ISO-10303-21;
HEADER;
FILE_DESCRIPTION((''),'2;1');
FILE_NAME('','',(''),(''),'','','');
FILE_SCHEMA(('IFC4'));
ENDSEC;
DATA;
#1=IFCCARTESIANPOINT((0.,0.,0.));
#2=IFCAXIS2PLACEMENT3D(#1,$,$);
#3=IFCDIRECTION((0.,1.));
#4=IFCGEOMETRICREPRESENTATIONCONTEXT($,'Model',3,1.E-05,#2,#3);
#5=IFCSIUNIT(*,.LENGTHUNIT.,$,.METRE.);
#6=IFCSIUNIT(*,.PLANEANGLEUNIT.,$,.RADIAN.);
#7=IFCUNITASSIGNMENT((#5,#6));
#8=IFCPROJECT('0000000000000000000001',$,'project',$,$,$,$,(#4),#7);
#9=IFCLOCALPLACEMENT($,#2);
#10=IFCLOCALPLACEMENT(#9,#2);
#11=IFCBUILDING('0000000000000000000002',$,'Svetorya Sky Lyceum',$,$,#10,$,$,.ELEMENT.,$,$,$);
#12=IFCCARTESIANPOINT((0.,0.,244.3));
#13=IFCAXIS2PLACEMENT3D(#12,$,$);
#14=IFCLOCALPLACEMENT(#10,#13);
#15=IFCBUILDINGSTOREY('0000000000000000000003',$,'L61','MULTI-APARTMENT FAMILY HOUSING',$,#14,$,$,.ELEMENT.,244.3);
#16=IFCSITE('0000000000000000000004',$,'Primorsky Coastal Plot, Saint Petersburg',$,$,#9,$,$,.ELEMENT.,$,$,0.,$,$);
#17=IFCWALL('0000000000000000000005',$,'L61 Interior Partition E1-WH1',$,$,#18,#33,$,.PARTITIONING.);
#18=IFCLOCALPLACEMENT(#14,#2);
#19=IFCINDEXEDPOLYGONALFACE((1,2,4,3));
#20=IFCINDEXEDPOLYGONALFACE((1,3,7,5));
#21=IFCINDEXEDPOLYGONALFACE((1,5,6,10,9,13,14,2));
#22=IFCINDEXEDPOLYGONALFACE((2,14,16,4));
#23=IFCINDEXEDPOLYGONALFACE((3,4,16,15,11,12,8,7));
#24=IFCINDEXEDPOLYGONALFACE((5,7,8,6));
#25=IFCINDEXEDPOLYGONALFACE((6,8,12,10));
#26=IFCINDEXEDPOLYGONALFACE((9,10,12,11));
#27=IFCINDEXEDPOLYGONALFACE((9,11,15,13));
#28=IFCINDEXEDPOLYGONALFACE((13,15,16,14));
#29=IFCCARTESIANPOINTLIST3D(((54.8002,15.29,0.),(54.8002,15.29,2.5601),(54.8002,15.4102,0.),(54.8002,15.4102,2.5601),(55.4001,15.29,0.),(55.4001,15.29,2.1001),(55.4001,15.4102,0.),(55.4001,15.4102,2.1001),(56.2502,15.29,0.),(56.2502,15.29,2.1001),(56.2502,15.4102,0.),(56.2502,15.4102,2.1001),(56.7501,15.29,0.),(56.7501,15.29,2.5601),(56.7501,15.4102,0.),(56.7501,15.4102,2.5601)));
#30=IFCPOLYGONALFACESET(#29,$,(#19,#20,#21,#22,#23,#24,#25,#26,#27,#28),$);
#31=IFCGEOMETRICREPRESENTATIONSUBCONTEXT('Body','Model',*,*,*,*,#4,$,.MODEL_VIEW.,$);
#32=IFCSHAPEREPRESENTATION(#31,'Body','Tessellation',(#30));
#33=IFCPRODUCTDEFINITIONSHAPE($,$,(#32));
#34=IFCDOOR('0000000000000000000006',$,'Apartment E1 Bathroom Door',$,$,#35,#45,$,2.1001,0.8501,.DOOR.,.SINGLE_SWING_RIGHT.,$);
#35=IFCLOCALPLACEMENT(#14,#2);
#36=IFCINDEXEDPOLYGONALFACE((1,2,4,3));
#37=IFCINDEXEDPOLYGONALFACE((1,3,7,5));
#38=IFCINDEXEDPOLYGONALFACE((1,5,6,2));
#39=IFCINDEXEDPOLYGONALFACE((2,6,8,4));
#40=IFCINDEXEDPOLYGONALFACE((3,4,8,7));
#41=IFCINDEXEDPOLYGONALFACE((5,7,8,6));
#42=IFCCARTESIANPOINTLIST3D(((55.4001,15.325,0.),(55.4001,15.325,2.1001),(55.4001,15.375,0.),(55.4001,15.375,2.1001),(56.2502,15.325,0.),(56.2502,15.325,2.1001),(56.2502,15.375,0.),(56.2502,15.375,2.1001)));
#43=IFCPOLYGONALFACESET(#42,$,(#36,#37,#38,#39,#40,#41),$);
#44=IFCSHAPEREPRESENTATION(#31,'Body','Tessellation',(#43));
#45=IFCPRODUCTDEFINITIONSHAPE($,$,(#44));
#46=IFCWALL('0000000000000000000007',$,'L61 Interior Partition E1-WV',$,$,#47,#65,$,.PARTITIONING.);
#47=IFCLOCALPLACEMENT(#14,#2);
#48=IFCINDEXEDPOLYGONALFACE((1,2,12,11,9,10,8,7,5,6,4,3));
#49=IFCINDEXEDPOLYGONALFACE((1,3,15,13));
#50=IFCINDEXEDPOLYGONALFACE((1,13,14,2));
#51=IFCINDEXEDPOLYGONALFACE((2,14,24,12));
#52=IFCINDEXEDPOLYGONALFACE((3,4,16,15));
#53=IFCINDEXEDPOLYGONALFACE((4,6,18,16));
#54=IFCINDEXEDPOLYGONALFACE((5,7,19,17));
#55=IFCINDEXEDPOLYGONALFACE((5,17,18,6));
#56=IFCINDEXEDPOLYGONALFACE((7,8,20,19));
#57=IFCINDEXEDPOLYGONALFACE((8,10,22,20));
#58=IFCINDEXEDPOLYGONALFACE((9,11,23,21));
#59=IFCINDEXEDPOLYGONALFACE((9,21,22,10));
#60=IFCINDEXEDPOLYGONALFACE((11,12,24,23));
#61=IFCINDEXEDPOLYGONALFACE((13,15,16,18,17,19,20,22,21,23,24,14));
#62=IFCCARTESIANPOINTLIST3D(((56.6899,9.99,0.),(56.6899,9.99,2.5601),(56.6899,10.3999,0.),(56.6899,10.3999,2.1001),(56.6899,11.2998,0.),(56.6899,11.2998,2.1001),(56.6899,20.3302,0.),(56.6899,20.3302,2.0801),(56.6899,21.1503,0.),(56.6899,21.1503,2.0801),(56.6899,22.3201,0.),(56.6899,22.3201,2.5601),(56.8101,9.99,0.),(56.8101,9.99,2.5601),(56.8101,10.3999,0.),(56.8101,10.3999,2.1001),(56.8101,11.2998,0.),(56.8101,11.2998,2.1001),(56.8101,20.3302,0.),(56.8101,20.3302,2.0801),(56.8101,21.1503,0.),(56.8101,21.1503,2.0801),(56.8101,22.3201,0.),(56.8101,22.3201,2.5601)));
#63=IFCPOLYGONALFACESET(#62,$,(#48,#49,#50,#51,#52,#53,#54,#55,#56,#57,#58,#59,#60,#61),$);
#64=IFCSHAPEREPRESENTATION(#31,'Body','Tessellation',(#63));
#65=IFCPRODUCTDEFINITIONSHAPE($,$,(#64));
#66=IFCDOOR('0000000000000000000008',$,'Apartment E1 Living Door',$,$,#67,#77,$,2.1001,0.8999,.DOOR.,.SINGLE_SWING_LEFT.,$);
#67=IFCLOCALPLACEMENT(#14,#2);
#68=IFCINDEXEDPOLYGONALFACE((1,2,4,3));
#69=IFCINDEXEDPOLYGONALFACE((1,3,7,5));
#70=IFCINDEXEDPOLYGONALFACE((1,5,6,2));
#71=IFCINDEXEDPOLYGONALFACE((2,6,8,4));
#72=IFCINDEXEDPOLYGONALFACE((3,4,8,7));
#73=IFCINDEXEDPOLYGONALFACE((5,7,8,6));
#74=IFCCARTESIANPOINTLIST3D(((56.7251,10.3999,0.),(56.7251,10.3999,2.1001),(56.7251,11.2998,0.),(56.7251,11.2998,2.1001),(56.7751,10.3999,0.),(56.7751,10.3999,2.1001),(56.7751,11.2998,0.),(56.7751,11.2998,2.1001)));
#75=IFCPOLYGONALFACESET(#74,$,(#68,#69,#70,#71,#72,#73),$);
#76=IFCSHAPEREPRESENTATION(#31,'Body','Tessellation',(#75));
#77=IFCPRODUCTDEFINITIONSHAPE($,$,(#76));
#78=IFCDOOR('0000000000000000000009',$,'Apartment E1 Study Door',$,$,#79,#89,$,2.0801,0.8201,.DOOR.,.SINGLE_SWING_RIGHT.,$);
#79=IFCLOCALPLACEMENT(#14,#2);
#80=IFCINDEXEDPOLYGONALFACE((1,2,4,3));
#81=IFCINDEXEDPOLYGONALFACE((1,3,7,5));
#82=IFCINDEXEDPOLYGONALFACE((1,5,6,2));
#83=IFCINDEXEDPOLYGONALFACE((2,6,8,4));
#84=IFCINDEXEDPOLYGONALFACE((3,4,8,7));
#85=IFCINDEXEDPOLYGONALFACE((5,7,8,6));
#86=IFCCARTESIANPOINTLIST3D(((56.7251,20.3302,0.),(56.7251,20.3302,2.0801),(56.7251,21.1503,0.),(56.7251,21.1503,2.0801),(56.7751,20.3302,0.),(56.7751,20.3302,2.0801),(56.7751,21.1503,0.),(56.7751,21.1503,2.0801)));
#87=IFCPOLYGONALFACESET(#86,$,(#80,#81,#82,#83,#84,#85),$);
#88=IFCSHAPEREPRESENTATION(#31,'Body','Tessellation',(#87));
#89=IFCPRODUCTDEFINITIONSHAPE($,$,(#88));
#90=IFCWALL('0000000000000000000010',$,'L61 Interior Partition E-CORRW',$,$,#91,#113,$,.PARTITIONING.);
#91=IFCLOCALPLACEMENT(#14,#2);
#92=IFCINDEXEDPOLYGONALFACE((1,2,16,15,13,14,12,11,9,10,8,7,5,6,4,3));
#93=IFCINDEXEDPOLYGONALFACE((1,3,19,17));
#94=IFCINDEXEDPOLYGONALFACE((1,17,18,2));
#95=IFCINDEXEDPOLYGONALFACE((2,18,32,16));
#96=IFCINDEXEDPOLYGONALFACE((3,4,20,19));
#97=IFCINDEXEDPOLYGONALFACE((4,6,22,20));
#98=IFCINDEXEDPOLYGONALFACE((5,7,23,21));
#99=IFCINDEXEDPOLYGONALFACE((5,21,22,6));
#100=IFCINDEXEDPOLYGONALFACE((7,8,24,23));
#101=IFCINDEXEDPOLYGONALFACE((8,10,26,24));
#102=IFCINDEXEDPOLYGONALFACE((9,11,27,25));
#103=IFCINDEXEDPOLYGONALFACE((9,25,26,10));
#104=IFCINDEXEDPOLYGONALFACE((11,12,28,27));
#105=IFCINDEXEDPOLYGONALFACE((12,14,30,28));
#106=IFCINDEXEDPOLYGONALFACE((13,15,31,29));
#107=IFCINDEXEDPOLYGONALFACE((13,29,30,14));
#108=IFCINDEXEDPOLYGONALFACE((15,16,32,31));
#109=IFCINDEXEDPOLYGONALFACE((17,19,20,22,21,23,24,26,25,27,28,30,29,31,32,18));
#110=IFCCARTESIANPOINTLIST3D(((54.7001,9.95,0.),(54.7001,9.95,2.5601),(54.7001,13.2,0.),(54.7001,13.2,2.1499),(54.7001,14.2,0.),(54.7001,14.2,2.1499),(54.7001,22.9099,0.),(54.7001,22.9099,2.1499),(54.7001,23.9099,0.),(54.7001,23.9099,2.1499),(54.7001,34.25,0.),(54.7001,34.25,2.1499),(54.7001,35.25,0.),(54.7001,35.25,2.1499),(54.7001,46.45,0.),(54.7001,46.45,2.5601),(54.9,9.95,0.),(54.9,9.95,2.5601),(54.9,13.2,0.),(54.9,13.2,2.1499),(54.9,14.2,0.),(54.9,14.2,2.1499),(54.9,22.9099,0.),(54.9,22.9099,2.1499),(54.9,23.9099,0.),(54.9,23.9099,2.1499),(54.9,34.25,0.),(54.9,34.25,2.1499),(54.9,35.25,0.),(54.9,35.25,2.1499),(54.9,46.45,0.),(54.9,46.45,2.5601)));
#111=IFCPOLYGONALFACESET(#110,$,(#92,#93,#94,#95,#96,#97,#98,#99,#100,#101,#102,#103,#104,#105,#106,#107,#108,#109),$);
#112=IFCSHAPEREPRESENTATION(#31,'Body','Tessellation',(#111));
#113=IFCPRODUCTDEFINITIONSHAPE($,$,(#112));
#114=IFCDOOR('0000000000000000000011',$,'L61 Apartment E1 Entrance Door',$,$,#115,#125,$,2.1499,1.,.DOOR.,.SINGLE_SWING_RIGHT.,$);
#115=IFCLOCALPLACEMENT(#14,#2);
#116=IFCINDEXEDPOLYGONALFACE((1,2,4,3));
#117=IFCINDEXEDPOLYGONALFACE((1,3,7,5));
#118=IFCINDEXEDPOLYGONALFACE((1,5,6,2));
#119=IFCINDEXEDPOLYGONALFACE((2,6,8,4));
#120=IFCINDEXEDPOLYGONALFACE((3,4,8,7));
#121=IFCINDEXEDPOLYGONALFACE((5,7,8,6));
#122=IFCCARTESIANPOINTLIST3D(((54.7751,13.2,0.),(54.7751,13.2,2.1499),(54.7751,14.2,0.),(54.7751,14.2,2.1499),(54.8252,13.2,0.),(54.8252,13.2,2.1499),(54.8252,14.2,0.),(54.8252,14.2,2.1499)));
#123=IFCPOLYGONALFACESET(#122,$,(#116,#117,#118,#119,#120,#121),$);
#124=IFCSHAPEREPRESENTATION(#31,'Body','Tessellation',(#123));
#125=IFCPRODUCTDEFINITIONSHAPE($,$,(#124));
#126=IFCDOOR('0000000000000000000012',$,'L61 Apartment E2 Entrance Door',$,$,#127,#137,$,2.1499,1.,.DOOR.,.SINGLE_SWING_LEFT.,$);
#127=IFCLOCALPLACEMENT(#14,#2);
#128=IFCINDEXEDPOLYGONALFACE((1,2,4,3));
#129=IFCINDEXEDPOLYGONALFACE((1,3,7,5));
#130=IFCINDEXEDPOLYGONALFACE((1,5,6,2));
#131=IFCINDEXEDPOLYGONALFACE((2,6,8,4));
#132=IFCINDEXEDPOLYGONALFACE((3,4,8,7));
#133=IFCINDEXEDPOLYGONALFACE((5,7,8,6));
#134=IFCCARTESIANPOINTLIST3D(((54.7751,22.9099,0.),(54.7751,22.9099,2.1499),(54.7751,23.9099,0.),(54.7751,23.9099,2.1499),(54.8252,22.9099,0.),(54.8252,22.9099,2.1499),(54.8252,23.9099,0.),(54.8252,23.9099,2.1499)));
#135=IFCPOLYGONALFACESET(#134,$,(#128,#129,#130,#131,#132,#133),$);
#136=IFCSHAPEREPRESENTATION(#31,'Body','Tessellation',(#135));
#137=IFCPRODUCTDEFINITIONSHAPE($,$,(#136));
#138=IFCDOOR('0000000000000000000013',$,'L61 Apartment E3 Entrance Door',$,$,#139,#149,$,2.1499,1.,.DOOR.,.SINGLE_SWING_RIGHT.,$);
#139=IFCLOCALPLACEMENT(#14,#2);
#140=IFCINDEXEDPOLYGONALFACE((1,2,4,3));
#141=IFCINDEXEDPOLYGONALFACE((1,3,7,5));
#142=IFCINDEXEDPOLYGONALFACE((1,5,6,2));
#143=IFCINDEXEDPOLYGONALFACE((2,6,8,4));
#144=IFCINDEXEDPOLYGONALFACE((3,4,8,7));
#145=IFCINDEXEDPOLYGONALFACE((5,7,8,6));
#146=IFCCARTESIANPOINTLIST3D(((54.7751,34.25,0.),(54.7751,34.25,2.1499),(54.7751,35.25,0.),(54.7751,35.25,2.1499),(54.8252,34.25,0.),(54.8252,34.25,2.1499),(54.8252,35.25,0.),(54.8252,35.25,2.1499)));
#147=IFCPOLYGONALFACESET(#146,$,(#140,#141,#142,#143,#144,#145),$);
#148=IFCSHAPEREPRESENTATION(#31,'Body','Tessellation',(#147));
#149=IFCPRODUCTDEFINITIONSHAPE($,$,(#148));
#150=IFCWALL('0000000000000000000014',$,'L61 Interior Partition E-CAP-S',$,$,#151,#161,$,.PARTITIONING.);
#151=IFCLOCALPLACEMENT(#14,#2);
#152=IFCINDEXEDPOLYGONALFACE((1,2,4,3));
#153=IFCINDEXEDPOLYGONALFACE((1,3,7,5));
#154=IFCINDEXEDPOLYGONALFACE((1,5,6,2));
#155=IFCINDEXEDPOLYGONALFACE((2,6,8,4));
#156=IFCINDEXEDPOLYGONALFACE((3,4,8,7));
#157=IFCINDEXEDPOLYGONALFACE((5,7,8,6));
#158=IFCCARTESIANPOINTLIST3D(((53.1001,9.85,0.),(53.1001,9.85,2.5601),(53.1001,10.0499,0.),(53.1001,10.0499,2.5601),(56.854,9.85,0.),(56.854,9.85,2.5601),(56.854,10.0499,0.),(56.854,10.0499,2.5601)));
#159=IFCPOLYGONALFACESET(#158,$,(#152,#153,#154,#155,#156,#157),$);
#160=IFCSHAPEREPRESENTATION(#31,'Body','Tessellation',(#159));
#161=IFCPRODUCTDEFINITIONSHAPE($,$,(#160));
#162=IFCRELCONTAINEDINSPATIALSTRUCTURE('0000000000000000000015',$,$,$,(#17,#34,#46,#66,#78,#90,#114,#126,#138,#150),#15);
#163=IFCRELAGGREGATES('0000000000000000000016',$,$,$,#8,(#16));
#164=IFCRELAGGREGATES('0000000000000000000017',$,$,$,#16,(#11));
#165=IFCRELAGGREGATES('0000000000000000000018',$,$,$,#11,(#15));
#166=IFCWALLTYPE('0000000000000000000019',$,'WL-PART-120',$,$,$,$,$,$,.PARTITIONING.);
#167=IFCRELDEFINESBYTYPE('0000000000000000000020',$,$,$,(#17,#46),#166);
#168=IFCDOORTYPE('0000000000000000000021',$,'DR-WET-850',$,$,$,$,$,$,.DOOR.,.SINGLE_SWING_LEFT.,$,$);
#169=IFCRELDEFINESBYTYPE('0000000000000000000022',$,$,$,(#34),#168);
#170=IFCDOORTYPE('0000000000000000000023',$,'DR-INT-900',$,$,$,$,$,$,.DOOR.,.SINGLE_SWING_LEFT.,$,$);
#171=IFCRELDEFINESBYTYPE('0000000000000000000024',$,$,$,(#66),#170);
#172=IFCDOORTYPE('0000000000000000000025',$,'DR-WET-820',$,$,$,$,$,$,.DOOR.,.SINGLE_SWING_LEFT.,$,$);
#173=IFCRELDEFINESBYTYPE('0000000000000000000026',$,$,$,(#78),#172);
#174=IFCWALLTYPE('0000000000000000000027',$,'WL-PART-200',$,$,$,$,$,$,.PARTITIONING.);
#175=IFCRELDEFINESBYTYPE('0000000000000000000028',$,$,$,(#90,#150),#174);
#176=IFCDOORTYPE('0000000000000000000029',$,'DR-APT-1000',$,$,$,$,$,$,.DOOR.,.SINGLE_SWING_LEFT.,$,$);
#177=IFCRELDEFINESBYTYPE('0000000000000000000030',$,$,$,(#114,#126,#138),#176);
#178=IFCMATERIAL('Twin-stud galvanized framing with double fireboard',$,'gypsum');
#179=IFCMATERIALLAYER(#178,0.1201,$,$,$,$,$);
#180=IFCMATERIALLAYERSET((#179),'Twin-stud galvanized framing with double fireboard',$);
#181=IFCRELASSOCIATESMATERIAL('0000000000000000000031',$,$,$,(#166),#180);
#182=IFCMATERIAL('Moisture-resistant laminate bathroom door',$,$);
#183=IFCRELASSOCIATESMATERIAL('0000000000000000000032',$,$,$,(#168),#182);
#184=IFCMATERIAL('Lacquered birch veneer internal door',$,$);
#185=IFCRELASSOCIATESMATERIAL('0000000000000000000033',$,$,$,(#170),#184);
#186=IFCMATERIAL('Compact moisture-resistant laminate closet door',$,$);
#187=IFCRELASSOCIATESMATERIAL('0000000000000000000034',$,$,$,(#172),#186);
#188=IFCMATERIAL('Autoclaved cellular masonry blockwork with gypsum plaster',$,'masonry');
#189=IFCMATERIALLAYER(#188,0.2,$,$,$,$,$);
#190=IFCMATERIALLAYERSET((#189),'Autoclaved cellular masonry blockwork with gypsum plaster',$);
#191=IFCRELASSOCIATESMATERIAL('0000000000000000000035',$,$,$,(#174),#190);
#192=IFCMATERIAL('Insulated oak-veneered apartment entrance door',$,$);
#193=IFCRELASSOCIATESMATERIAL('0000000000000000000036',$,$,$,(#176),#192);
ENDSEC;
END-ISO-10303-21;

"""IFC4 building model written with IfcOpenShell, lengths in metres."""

from ifc_helpers import new_model, si_unit, direction, frame, frame_2d, origin, place, context, subcontext, project, spatial, rectangle, extrude, material, layer, layer_set, type_object, element, fill, save


model = new_model("IFC4")

# Units and contexts
model_context = context("Model", 3, precision=1e-05, world=origin(), true_north=direction((0.0, 1.0)))
body_context = subcontext(model_context, "Body", "Model", "MODEL_VIEW")
ifc_project = project(units=[si_unit("LENGTHUNIT", "METRE"), si_unit("PLANEANGLEUNIT", "RADIAN")], contexts=[model_context])

# Site, building, storey
site_placement = place(None, origin())
site = spatial("IfcSite", under=ifc_project, at=site_placement, Name="Primorsky Coastal Plot, Saint Petersburg", CompositionType="ELEMENT", RefElevation=0.0)
building_placement = place(site_placement, origin())
building = spatial("IfcBuilding", under=site, at=building_placement, Name="Svetorya Sky Lyceum", CompositionType="ELEMENT")
storey_placement = place(building_placement, frame((0.0, 0.0, 244.3)))
storey = spatial("IfcBuildingStorey", under=building, at=storey_placement, Name="L61", Description="MULTI-APARTMENT FAMILY HOUSING", CompositionType="ELEMENT", Elevation=244.3)

# Wall, opening, door
ifc_material_1 = material(Name="Twin-stud galvanized framing with double fireboard", Category="gypsum")
ifc_layer_1 = layer(ifc_material_1, 0.1201)
ifc_layer_set_1 = layer_set([ifc_layer_1], Name="Twin-stud galvanized framing with double fireboard")
wall_type_1 = type_object("IfcWallType", Name="WL-PART-120", PredefinedType="PARTITIONING", material=ifc_layer_set_1)
wall_1_placement = place(storey_placement, frame((54.8, 15.3501, 0.0), z_axis=(0.0, 0.0, 1.0), x_axis=(1.0, 0.0, 0.0)))
wall_1 = element("IfcWall", 1, at=wall_1_placement, inside=storey, type_object=wall_type_1, Name="L61 Interior Partition E1-WH1", PredefinedType="PARTITIONING", context=body_context, shape_type="SweptSolid", body=[
    extrude(rectangle(XDim=1.95, YDim=0.1201, at=frame_2d((0.9751, 0.0))), origin(), (0.0, 0.0, 1.0), 2.5601),
])
opening_1_placement = place(wall_1_placement, frame((0.6001, 0.0, 0.0)))
opening_1 = element("IfcOpeningElement", 2, at=opening_1_placement, cuts=wall_1, PredefinedType="OPENING", context=body_context, shape_type="SweptSolid", body=[
    extrude(rectangle(XDim=0.8501, YDim=2.1001, at=frame_2d((0.425, 1.05))), frame((0.0, 0.0701, 0.0), z_axis=(0.0, -1.0, 0.0), x_axis=(1.0, 0.0, 0.0)), (0.0, 0.0, 1.0), 0.1401),
])
ifc_material_2 = material(Name="Moisture-resistant laminate bathroom door")
door_type_1 = type_object("IfcDoorType", Name="DR-WET-850", OperationType="SINGLE_SWING_LEFT", PredefinedType="DOOR", material=ifc_material_2)
door_1_placement = place(opening_1_placement, origin())
door_1 = element("IfcDoor", 3, at=door_1_placement, inside=storey, type_object=door_type_1, Name="Apartment E1 Bathroom Door", OperationType="SINGLE_SWING_RIGHT", OverallHeight=2.1001, OverallWidth=0.8501, PredefinedType="DOOR", context=body_context, shape_type="SweptSolid", body=[
    extrude(rectangle(XDim=0.8501, YDim=2.1001, at=frame_2d((0.425, 1.05))), frame((0.0, 0.0249, 0.0), z_axis=(0.0, -1.0, 0.0), x_axis=(1.0, 0.0, 0.0)), (0.0, 0.0, 1.0), 0.05),
])
fill(opening_1, door_1)

# Walls, openings, doors
wall_2_placement = place(storey_placement, frame((56.75, 9.99, 0.0), z_axis=(0.0, 0.0, 1.0), x_axis=(0.0, 1.0, 0.0)))
wall_2 = element("IfcWall", 4, at=wall_2_placement, inside=storey, type_object=wall_type_1, Name="L61 Interior Partition E1-WV", PredefinedType="PARTITIONING", context=body_context, shape_type="SweptSolid", body=[
    extrude(rectangle(XDim=12.3301, YDim=0.1201, at=frame_2d((6.165, 0.0))), origin(), (0.0, 0.0, 1.0), 2.5601),
])
opening_2_placement = place(wall_2_placement, frame((0.4099, 0.0, 0.0)))
opening_2 = element("IfcOpeningElement", 5, at=opening_2_placement, cuts=wall_2, PredefinedType="OPENING", context=body_context, shape_type="SweptSolid", body=[
    extrude(rectangle(XDim=0.8999, YDim=2.1001, at=frame_2d((0.45, 1.05))), frame((0.0, 0.0701, 0.0), z_axis=(0.0, -1.0, 0.0), x_axis=(1.0, 0.0, 0.0)), (0.0, 0.0, 1.0), 0.1401),
])
opening_3_placement = place(wall_2_placement, frame((10.3401, 0.0, 0.0)))
opening_3 = element("IfcOpeningElement", 6, at=opening_3_placement, cuts=wall_2, PredefinedType="OPENING", context=body_context, shape_type="SweptSolid", body=[
    extrude(rectangle(XDim=0.8201, YDim=2.0801, at=frame_2d((0.4102, 1.04))), frame((0.0, 0.0701, 0.0), z_axis=(0.0, -1.0, 0.0), x_axis=(1.0, 0.0, 0.0)), (0.0, 0.0, 1.0), 0.1401),
])
ifc_material_3 = material(Name="Lacquered birch veneer internal door")
door_type_2 = type_object("IfcDoorType", Name="DR-INT-900", OperationType="SINGLE_SWING_LEFT", PredefinedType="DOOR", material=ifc_material_3)
door_2_placement = place(opening_2_placement, origin())
door_2 = element("IfcDoor", 7, at=door_2_placement, inside=storey, type_object=door_type_2, Name="Apartment E1 Living Door", OperationType="SINGLE_SWING_LEFT", OverallHeight=2.1001, OverallWidth=0.8999, PredefinedType="DOOR", context=body_context, shape_type="SweptSolid", body=[
    extrude(rectangle(XDim=0.8999, YDim=2.1001, at=frame_2d((0.45, 1.05))), frame((0.0, 0.0249, 0.0), z_axis=(0.0, -1.0, 0.0), x_axis=(1.0, 0.0, 0.0)), (0.0, 0.0, 1.0), 0.05),
])
fill(opening_2, door_2)
ifc_material_4 = material(Name="Compact moisture-resistant laminate closet door")
door_type_3 = type_object("IfcDoorType", Name="DR-WET-820", OperationType="SINGLE_SWING_LEFT", PredefinedType="DOOR", material=ifc_material_4)
door_3_placement = place(opening_3_placement, origin())
door_3 = element("IfcDoor", 8, at=door_3_placement, inside=storey, type_object=door_type_3, Name="Apartment E1 Study Door", OperationType="SINGLE_SWING_RIGHT", OverallHeight=2.0801, OverallWidth=0.8201, PredefinedType="DOOR", context=body_context, shape_type="SweptSolid", body=[
    extrude(rectangle(XDim=0.8201, YDim=2.0801, at=frame_2d((0.4102, 1.04))), frame((0.0, 0.0249, 0.0), z_axis=(0.0, -1.0, 0.0), x_axis=(1.0, 0.0, 0.0)), (0.0, 0.0, 1.0), 0.05),
])
fill(opening_3, door_3)
ifc_material_5 = material(Name="Autoclaved cellular masonry blockwork with gypsum plaster", Category="masonry")
ifc_layer_2 = layer(ifc_material_5, 0.2)
ifc_layer_set_2 = layer_set([ifc_layer_2], Name="Autoclaved cellular masonry blockwork with gypsum plaster")
wall_type_2 = type_object("IfcWallType", Name="WL-PART-200", PredefinedType="PARTITIONING", material=ifc_layer_set_2)
wall_3_placement = place(storey_placement, frame((54.8, 9.95, 0.0), z_axis=(0.0, 0.0, 1.0), x_axis=(0.0, 1.0, 0.0)))
wall_3 = element("IfcWall", 9, at=wall_3_placement, inside=storey, type_object=wall_type_2, Name="L61 Interior Partition E-CORRW", PredefinedType="PARTITIONING", context=body_context, shape_type="SweptSolid", body=[
    extrude(rectangle(XDim=36.5, YDim=0.2, at=frame_2d((18.25, 0.0))), origin(), (0.0, 0.0, 1.0), 2.5601),
])
opening_4_placement = place(wall_3_placement, frame((3.25, 0.0, 0.0)))
opening_4 = element("IfcOpeningElement", 10, at=opening_4_placement, cuts=wall_3, PredefinedType="OPENING", context=body_context, shape_type="SweptSolid", body=[
    extrude(rectangle(XDim=1.0, YDim=2.1499, at=frame_2d((0.5, 1.075))), frame((0.0, 0.1099, 0.0), z_axis=(0.0, -1.0, 0.0), x_axis=(1.0, 0.0, 0.0)), (0.0, 0.0, 1.0), 0.22),
])
opening_5_placement = place(wall_3_placement, frame((12.96, 0.0, 0.0)))
opening_5 = element("IfcOpeningElement", 11, at=opening_5_placement, cuts=wall_3, PredefinedType="OPENING", context=body_context, shape_type="SweptSolid", body=[
    extrude(rectangle(XDim=1.0, YDim=2.1499, at=frame_2d((0.5, 1.075))), frame((0.0, 0.1099, 0.0), z_axis=(0.0, -1.0, 0.0), x_axis=(1.0, 0.0, 0.0)), (0.0, 0.0, 1.0), 0.22),
])
opening_6_placement = place(wall_3_placement, frame((24.3, 0.0, 0.0)))
opening_6 = element("IfcOpeningElement", 12, at=opening_6_placement, cuts=wall_3, PredefinedType="OPENING", context=body_context, shape_type="SweptSolid", body=[
    extrude(rectangle(XDim=1.0, YDim=2.1499, at=frame_2d((0.5, 1.075))), frame((0.0, 0.1099, 0.0), z_axis=(0.0, -1.0, 0.0), x_axis=(1.0, 0.0, 0.0)), (0.0, 0.0, 1.0), 0.22),
])
ifc_material_6 = material(Name="Insulated oak-veneered apartment entrance door")
door_type_4 = type_object("IfcDoorType", Name="DR-APT-1000", OperationType="SINGLE_SWING_LEFT", PredefinedType="DOOR", material=ifc_material_6)
door_4_placement = place(opening_4_placement, origin())
door_4 = element("IfcDoor", 13, at=door_4_placement, inside=storey, type_object=door_type_4, Name="L61 Apartment E1 Entrance Door", OperationType="SINGLE_SWING_RIGHT", OverallHeight=2.1499, OverallWidth=1.0, PredefinedType="DOOR", context=body_context, shape_type="SweptSolid", body=[
    extrude(rectangle(XDim=1.0, YDim=2.1499, at=frame_2d((0.5, 1.075))), frame((0.0, 0.0249, 0.0), z_axis=(0.0, -1.0, 0.0), x_axis=(1.0, 0.0, 0.0)), (0.0, 0.0, 1.0), 0.05),
])
fill(opening_4, door_4)
door_5_placement = place(opening_5_placement, origin())
door_5 = element("IfcDoor", 14, at=door_5_placement, inside=storey, type_object=door_type_4, Name="L61 Apartment E2 Entrance Door", OperationType="SINGLE_SWING_LEFT", OverallHeight=2.1499, OverallWidth=1.0, PredefinedType="DOOR", context=body_context, shape_type="SweptSolid", body=[
    extrude(rectangle(XDim=1.0, YDim=2.1499, at=frame_2d((0.5, 1.075))), frame((0.0, 0.0249, 0.0), z_axis=(0.0, -1.0, 0.0), x_axis=(1.0, 0.0, 0.0)), (0.0, 0.0, 1.0), 0.05),
])
fill(opening_5, door_5)
door_6_placement = place(opening_6_placement, origin())
door_6 = element("IfcDoor", 15, at=door_6_placement, inside=storey, type_object=door_type_4, Name="L61 Apartment E3 Entrance Door", OperationType="SINGLE_SWING_RIGHT", OverallHeight=2.1499, OverallWidth=1.0, PredefinedType="DOOR", context=body_context, shape_type="SweptSolid", body=[
    extrude(rectangle(XDim=1.0, YDim=2.1499, at=frame_2d((0.5, 1.075))), frame((0.0, 0.0249, 0.0), z_axis=(0.0, -1.0, 0.0), x_axis=(1.0, 0.0, 0.0)), (0.0, 0.0, 1.0), 0.05),
])
fill(opening_6, door_6)

# Wall
wall_4_placement = place(storey_placement, frame((53.1001, 9.95, 0.0), z_axis=(0.0, 0.0, 1.0), x_axis=(1.0, 0.0, 0.0)))
element("IfcWall", 16, at=wall_4_placement, inside=storey, type_object=wall_type_2, Name="L61 Interior Partition E-CAP-S", PredefinedType="PARTITIONING", context=body_context, shape_type="SweptSolid", body=[
    extrude(rectangle(XDim=3.7539, YDim=0.2, at=frame_2d((1.877, 0.0))), origin(), (0.0, 0.0, 1.0), 2.5601),
])

save(model, "model.ifc")
